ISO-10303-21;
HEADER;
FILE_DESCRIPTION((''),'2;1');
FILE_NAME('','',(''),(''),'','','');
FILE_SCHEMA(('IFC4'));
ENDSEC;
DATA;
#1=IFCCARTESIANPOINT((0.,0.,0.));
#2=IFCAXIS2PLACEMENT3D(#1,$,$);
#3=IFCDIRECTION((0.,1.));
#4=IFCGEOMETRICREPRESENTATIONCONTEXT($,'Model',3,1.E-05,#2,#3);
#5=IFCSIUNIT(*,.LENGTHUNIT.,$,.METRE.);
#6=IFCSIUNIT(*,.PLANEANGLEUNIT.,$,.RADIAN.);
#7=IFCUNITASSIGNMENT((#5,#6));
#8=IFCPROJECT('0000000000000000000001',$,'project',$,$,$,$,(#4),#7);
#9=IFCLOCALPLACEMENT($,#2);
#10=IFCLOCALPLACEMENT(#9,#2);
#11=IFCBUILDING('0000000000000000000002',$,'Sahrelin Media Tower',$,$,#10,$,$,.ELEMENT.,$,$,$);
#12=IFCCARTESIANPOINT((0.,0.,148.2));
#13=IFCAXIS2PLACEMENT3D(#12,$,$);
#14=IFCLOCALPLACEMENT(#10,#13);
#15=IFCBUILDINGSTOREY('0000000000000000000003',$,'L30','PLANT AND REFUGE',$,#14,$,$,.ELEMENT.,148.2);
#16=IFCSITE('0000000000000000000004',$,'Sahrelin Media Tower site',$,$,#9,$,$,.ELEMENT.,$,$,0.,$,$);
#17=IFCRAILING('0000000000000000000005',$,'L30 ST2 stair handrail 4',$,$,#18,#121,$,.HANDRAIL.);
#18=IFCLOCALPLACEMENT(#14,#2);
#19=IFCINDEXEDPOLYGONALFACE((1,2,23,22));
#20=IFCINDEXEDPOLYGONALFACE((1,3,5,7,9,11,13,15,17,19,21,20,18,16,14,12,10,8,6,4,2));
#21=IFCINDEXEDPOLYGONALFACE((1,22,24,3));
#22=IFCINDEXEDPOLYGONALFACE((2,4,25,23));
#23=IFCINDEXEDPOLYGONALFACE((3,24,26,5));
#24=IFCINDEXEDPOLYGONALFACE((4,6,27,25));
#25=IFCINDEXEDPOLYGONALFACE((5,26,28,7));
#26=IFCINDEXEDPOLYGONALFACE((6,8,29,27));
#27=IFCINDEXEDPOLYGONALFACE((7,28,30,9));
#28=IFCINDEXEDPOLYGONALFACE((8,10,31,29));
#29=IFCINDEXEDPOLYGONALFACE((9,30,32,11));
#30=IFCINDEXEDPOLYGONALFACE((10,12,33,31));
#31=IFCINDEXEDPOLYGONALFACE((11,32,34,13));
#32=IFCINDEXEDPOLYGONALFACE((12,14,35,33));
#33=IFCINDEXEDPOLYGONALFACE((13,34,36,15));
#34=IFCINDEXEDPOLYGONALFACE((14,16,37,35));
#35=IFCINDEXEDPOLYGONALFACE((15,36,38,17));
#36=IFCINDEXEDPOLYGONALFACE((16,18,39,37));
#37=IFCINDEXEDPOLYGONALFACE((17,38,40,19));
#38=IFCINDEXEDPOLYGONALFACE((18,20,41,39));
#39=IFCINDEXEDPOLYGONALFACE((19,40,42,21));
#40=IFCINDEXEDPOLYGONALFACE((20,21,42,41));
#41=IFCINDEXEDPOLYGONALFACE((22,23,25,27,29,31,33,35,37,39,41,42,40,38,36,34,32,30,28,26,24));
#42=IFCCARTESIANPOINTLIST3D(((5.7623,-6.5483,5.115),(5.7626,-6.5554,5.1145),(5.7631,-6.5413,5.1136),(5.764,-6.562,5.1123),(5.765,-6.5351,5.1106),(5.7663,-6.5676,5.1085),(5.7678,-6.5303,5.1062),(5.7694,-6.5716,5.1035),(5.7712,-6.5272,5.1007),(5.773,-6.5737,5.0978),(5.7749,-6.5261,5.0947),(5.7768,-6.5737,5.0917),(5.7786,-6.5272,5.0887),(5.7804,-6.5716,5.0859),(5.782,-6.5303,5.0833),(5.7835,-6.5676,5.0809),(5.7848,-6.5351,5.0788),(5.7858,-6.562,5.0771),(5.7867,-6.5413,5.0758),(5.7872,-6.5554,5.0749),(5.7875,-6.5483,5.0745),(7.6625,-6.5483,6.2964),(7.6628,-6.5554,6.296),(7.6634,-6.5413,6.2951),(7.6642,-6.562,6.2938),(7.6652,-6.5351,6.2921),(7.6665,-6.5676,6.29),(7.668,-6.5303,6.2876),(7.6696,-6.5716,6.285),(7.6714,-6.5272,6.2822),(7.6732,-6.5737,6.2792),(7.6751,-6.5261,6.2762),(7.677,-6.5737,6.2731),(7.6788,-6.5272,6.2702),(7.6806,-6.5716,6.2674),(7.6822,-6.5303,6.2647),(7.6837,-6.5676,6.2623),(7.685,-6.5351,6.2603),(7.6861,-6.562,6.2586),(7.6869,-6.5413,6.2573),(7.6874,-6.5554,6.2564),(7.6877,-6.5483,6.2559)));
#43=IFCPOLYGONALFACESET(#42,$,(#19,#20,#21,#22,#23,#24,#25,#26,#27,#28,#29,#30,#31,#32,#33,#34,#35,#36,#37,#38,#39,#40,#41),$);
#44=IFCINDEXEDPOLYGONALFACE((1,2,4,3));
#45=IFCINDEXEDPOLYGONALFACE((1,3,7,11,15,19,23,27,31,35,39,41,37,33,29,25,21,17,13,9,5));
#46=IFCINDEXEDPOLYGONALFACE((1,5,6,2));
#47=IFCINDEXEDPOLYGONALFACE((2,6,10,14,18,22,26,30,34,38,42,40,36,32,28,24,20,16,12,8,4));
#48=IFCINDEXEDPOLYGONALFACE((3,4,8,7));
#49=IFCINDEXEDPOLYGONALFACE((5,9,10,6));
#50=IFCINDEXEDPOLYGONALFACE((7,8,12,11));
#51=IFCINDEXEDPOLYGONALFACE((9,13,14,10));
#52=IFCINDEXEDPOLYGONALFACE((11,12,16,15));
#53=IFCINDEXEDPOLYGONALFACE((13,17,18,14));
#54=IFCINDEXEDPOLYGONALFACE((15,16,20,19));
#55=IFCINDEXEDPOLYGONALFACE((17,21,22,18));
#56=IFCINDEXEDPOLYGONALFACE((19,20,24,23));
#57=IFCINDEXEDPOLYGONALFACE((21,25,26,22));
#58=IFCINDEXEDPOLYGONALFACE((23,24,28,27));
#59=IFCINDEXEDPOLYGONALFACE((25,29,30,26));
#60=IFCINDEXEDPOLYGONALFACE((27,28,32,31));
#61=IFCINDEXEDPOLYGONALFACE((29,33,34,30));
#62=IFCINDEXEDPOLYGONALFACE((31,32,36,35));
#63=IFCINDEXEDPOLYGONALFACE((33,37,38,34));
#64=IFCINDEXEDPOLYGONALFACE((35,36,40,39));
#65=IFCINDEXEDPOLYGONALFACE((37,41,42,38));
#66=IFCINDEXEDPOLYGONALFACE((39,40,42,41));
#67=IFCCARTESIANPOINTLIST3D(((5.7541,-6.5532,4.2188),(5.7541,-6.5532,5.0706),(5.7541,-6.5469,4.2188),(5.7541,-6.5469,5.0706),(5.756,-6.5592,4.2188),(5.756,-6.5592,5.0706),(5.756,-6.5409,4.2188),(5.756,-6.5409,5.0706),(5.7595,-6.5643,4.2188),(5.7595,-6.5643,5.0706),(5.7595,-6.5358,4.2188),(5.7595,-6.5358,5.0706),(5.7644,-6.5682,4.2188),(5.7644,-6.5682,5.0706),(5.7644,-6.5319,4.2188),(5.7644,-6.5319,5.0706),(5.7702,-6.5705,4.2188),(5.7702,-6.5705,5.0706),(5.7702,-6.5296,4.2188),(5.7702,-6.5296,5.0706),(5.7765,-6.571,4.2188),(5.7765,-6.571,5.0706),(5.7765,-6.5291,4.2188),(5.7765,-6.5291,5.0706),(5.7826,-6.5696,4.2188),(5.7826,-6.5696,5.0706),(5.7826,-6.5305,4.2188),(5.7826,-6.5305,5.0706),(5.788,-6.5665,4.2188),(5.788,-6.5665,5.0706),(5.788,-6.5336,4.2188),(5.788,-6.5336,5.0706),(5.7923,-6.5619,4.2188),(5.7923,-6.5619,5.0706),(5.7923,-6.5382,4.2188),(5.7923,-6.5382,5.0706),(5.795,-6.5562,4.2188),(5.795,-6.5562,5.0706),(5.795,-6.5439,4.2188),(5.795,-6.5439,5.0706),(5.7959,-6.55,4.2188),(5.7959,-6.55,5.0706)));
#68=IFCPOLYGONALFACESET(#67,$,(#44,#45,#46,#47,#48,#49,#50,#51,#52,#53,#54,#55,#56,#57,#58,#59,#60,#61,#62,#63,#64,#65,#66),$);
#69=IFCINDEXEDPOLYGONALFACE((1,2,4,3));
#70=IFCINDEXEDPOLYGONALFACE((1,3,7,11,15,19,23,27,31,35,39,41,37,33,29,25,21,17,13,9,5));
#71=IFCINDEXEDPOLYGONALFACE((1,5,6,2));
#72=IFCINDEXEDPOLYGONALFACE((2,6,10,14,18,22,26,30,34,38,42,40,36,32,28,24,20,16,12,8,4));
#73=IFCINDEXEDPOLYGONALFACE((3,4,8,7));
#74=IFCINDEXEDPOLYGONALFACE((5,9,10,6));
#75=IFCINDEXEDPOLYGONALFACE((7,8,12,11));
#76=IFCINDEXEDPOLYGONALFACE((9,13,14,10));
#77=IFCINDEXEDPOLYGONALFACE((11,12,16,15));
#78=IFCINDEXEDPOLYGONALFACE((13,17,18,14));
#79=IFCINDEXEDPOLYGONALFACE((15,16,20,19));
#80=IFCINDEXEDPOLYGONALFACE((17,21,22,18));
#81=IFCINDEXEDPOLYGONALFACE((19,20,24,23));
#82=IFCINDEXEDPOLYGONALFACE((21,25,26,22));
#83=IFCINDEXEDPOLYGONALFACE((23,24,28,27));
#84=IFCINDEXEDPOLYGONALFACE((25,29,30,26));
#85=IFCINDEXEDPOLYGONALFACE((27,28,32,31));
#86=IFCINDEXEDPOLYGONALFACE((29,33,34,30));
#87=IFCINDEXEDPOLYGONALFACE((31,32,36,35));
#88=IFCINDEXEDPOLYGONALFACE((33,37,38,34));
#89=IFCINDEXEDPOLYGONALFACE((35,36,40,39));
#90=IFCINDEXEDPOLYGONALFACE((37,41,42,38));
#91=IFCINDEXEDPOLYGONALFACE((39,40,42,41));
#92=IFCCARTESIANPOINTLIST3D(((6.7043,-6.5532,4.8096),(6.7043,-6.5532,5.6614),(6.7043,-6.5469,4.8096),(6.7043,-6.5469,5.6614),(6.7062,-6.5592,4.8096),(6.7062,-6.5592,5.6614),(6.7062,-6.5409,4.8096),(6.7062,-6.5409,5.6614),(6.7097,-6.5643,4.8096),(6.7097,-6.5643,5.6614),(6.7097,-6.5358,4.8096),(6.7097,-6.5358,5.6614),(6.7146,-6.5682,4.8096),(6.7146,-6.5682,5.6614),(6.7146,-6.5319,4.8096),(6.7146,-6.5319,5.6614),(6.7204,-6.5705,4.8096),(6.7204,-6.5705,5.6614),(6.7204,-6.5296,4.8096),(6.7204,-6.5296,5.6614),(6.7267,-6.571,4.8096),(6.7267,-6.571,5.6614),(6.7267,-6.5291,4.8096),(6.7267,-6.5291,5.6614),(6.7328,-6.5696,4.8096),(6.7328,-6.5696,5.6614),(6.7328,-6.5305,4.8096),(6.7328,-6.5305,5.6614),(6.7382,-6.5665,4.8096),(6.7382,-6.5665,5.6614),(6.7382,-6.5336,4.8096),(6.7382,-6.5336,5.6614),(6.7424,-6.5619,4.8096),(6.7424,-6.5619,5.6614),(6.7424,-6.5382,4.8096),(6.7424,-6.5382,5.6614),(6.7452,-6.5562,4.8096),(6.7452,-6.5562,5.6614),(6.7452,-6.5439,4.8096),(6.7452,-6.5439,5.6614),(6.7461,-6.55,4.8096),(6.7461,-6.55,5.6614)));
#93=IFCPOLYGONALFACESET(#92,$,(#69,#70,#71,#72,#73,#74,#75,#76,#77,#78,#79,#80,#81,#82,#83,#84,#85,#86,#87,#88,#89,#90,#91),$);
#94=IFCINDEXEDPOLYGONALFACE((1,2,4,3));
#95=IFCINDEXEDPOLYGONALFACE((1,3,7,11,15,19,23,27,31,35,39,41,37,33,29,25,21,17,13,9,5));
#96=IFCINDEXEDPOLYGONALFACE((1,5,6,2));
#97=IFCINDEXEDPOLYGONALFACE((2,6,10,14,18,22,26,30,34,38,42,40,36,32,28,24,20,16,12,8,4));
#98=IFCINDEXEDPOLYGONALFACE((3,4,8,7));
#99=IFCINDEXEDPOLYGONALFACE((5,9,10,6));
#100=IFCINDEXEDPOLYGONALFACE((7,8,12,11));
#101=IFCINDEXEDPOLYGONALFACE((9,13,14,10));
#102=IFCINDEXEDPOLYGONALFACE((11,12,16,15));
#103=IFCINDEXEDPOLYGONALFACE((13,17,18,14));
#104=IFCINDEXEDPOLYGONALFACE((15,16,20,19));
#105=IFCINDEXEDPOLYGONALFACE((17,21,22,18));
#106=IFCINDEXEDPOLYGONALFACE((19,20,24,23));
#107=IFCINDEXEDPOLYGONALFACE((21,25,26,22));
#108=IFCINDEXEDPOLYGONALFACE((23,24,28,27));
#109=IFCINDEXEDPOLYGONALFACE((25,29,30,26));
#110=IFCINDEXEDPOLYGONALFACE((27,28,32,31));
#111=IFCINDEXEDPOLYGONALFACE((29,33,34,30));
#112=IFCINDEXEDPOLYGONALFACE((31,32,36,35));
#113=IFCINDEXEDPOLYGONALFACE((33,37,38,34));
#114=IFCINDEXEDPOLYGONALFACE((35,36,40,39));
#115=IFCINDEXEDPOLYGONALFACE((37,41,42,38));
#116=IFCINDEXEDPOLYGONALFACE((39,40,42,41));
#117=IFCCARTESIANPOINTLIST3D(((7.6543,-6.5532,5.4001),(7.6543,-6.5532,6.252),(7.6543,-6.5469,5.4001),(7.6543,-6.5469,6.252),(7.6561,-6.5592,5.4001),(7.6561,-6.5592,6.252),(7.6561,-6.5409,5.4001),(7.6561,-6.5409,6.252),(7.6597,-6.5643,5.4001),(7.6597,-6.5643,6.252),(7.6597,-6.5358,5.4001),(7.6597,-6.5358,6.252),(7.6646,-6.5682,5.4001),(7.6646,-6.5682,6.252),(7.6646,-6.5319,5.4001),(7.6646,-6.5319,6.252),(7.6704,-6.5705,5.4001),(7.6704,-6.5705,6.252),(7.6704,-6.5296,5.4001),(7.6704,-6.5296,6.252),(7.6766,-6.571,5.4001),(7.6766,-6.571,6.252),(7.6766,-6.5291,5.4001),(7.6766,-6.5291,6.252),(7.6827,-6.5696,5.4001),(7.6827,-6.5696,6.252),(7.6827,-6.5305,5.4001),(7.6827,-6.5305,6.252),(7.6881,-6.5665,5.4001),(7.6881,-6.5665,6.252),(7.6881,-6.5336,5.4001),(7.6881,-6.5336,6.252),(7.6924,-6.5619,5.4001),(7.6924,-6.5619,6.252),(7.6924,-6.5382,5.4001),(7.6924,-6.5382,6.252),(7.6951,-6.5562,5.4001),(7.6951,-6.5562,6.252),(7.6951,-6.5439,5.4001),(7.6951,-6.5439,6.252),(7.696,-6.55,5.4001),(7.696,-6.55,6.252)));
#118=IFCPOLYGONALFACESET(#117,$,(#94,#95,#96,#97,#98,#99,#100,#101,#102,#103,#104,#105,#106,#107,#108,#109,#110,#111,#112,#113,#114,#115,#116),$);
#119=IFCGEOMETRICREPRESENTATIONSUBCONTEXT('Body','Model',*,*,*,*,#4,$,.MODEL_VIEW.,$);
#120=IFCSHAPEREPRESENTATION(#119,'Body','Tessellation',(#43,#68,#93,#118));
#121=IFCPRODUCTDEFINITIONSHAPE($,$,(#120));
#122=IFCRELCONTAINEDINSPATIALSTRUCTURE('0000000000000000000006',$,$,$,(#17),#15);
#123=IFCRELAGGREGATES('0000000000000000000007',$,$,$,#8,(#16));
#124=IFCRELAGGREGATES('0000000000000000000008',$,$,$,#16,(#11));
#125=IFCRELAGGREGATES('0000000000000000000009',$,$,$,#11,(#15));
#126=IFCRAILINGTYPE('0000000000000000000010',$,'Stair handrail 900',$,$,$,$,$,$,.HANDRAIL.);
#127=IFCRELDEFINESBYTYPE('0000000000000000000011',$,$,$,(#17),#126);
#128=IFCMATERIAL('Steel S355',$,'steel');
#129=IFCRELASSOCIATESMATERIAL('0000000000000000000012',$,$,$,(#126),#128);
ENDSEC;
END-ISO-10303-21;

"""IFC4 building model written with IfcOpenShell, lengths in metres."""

from ifc_helpers import new_model, si_unit, direction, frame, origin, origin_2d, place, context, subcontext, project, spatial, circle, extrude, material, type_object, element, save


model = new_model("IFC4")

# Units and contexts
model_context = context("Model", 3, precision=1e-05, world=origin(), true_north=direction((0.0, 1.0)))
body_context = subcontext(model_context, "Body", "Model", "MODEL_VIEW")
ifc_project = project(units=[si_unit("LENGTHUNIT", "METRE"), si_unit("PLANEANGLEUNIT", "RADIAN")], contexts=[model_context])

# Site, building, storey
site_placement = place(None, origin())
site = spatial("IfcSite", under=ifc_project, at=site_placement, Name="Sahrelin Media Tower site", CompositionType="ELEMENT", RefElevation=0.0)
building_placement = place(site_placement, origin())
building = spatial("IfcBuilding", under=site, at=building_placement, Name="Sahrelin Media Tower", CompositionType="ELEMENT")
storey_placement = place(building_placement, frame((0.0, 0.0, 148.2)))
storey = spatial("IfcBuildingStorey", under=building, at=storey_placement, Name="L30", Description="PLANT AND REFUGE", CompositionType="ELEMENT", Elevation=148.2)

# Shared definitions
ifc_material_1 = material(Name="Steel S355", Category="steel")

# Railing
railing_type_1 = type_object("IfcRailingType", Name="Stair handrail 900", PredefinedType="HANDRAIL", material=ifc_material_1)
railing_1_placement = place(storey_placement, frame((5.7749, -6.55, 4.2188)))
element("IfcRailing", 1, at=railing_1_placement, inside=storey, type_object=railing_type_1, Name="L30 ST2 stair handrail 4", PredefinedType="HANDRAIL", context=body_context, shape_type="SweptSolid", body=[
    extrude(circle(Radius=0.0239, at=origin_2d()), frame((0.0, 0.0, 0.876), z_axis=(0.84924, 0.0, 0.528006), x_axis=(0.0, 1.0, 0.0)), (0.0, 0.0, 1.0), 2.2375),
    extrude(circle(Radius=0.021, at=origin_2d()), origin(), (0.0, 0.0, 1.0), 0.8518),
    extrude(circle(Radius=0.021, at=origin_2d()), frame((0.9502, 0.0, 0.5908)), (0.0, 0.0, 1.0), 0.8518),
    extrude(circle(Radius=0.021, at=origin_2d()), frame((1.9001, 0.0, 1.1814)), (0.0, 0.0, 1.0), 0.8518),
])

save(model, "model.ifc")
